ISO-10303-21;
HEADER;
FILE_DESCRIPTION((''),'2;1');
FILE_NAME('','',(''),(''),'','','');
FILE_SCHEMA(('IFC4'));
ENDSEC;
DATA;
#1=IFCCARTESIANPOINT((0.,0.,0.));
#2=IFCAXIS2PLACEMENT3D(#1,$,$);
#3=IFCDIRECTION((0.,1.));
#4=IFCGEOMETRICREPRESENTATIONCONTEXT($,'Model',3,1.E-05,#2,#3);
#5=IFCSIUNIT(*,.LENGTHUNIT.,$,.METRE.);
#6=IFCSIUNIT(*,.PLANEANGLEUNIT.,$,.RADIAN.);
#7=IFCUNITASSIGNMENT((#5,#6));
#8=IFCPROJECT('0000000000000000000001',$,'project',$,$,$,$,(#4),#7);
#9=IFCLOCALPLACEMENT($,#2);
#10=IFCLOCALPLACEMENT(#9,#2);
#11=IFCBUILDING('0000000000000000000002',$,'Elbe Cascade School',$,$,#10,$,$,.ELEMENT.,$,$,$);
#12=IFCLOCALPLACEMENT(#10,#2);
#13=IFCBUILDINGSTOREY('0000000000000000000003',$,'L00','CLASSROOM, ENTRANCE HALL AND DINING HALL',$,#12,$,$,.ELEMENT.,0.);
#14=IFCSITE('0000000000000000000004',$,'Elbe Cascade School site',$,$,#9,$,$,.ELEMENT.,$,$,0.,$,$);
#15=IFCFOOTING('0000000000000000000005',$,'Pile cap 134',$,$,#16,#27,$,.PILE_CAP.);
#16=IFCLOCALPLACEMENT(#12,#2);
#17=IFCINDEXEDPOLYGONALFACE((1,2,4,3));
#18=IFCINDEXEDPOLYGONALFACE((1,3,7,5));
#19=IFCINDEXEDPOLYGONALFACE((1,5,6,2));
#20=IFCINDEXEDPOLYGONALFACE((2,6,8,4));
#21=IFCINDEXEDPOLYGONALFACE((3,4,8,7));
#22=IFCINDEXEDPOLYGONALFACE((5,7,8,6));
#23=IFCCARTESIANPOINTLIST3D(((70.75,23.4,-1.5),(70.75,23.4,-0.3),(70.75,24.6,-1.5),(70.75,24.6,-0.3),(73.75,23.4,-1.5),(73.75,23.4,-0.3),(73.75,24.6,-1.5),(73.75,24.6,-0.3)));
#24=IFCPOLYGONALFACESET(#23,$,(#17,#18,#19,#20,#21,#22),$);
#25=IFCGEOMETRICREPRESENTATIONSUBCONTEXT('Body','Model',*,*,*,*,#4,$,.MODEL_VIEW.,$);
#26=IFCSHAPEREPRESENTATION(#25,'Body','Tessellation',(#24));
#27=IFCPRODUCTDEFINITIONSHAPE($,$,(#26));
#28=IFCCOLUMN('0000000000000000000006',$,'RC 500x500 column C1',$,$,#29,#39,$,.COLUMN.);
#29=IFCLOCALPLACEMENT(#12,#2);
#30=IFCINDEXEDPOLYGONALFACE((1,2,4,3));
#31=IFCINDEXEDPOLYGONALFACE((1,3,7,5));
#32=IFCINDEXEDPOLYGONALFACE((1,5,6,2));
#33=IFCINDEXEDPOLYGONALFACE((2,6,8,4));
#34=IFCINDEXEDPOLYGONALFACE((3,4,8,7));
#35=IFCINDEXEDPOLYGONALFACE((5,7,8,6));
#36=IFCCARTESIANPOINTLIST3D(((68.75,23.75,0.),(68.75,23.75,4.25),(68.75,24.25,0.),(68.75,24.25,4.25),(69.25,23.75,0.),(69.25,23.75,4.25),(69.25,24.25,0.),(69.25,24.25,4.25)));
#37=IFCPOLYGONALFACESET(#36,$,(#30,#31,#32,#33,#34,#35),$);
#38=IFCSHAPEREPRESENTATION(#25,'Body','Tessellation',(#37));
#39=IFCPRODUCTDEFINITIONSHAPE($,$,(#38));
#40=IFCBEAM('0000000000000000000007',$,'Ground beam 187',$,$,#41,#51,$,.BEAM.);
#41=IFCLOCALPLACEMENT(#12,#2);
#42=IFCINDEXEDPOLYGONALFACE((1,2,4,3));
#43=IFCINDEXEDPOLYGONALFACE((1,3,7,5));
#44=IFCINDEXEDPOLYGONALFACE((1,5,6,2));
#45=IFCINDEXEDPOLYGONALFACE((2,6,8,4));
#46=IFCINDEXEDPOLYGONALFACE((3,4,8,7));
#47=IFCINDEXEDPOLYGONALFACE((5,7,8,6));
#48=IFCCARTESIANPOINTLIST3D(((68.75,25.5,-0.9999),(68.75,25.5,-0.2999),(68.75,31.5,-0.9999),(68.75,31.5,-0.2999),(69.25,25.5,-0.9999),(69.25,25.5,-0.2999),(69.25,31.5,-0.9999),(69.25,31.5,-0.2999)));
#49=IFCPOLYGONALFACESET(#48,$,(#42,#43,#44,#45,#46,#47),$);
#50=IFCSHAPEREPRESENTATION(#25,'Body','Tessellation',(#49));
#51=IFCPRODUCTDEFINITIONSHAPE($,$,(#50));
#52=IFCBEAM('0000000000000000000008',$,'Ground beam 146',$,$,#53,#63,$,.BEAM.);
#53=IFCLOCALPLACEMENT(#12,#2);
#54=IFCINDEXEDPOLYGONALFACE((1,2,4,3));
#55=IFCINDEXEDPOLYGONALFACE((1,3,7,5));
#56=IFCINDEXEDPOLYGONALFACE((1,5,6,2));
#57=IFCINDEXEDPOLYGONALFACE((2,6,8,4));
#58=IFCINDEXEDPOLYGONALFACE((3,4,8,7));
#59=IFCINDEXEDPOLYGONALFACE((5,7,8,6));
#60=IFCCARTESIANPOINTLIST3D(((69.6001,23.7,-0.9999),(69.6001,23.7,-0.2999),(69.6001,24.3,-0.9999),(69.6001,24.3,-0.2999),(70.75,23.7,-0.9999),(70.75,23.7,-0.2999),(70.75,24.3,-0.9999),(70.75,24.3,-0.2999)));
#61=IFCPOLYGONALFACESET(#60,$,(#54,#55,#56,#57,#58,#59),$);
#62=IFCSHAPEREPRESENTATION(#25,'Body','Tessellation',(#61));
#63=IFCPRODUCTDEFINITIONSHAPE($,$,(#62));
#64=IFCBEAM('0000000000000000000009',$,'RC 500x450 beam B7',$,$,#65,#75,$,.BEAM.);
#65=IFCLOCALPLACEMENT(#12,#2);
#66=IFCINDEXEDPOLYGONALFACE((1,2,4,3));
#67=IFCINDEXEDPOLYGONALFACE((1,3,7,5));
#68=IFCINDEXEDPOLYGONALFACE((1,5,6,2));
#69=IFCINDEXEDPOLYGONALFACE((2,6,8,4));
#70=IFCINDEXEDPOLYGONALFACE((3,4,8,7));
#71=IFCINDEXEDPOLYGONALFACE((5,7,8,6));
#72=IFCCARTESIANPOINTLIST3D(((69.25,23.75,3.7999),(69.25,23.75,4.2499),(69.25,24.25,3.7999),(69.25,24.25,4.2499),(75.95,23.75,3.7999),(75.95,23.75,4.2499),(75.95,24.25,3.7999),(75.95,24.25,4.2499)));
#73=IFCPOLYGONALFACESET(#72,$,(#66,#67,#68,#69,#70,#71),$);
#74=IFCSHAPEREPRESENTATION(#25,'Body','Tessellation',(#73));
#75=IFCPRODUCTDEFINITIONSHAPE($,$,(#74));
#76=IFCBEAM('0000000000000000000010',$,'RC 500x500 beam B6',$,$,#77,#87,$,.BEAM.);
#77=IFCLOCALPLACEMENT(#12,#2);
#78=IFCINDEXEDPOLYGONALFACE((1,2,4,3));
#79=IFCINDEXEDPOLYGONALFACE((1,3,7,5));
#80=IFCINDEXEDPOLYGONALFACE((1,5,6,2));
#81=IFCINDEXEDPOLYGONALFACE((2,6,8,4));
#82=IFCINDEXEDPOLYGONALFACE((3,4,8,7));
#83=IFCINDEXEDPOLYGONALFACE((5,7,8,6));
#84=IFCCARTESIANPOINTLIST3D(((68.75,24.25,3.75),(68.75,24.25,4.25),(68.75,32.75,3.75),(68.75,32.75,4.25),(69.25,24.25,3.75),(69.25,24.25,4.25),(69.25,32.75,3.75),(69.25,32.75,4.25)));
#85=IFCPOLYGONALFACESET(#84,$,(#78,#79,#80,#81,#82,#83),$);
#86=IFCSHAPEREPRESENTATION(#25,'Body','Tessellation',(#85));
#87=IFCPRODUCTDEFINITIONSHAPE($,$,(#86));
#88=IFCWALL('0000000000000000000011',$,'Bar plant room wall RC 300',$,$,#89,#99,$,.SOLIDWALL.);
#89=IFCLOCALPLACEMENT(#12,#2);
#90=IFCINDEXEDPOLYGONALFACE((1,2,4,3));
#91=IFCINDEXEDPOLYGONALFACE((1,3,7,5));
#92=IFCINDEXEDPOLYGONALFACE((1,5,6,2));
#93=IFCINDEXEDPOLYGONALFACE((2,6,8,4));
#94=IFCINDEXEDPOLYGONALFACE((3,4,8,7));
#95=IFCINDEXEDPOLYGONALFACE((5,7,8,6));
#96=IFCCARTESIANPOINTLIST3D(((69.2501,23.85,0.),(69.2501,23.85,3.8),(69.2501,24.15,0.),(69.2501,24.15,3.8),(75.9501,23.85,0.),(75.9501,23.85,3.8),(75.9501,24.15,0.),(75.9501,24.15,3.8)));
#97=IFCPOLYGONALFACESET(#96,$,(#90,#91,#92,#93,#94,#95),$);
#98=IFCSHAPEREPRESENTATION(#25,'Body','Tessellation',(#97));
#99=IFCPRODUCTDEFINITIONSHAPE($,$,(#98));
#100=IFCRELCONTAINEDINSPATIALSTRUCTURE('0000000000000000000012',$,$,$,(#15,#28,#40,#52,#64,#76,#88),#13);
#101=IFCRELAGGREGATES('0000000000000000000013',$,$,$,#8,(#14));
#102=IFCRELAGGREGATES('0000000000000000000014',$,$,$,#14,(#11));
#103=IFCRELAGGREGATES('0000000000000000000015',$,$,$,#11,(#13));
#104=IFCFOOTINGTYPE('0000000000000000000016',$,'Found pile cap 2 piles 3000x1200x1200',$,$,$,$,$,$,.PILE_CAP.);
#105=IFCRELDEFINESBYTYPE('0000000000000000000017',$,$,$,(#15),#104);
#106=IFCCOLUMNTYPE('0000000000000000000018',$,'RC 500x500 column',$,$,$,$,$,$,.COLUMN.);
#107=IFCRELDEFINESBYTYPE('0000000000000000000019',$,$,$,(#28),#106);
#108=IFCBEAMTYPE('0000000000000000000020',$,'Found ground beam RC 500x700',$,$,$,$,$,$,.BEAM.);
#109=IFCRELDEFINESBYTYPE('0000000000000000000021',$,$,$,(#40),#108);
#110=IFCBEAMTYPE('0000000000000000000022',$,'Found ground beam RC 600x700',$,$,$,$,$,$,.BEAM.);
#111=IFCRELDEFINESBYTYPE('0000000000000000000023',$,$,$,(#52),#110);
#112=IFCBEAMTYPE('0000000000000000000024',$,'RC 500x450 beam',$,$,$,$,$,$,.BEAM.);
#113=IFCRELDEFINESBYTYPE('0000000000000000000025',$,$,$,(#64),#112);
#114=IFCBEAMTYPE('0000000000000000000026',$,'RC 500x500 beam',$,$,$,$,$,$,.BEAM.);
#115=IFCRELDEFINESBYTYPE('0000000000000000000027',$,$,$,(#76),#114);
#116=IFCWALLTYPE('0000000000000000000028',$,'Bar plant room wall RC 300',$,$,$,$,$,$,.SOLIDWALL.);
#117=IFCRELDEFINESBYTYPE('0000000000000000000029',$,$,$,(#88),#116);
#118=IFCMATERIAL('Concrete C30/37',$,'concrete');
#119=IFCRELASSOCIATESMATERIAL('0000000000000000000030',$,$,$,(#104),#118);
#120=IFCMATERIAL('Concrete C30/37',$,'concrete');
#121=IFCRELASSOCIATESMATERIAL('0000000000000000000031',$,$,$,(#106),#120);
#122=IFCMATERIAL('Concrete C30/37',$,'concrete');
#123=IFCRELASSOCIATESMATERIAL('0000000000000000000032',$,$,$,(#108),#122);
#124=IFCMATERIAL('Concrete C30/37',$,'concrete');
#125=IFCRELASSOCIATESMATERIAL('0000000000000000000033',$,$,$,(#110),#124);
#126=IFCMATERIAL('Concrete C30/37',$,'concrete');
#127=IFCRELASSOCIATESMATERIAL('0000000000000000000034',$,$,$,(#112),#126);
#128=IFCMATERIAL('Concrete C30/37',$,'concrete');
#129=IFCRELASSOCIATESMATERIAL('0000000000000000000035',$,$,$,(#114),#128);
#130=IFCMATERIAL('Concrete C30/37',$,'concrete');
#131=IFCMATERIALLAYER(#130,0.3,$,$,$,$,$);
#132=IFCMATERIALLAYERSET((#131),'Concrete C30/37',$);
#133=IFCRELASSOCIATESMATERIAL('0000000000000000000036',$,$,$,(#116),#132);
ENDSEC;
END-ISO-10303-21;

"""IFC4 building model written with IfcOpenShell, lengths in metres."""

from ifc_helpers import new_model, si_unit, direction, frame, frame_2d, origin, origin_2d, place, context, subcontext, project, spatial, rectangle, extrude, material, layer, layer_set, material_profile, profile_set, type_object, element, save


model = new_model("IFC4")

# Units and contexts
model_context = context("Model", 3, precision=1e-05, world=origin(), true_north=direction((0.0, 1.0)))
body_context = subcontext(model_context, "Body", "Model", "MODEL_VIEW")
ifc_project = project(units=[si_unit("LENGTHUNIT", "METRE"), si_unit("PLANEANGLEUNIT", "RADIAN")], contexts=[model_context])

# Site, building, storey
site_placement = place(None, origin())
site = spatial("IfcSite", under=ifc_project, at=site_placement, Name="Elbe Cascade School site", CompositionType="ELEMENT", RefElevation=0.0)
building_placement = place(site_placement, origin())
building = spatial("IfcBuilding", under=site, at=building_placement, Name="Elbe Cascade School", CompositionType="ELEMENT")
storey_placement = place(building_placement, origin())
storey = spatial("IfcBuildingStorey", under=building, at=storey_placement, Name="L00", Description="CLASSROOM, ENTRANCE HALL AND DINING HALL", CompositionType="ELEMENT", Elevation=0.0)

# Footing
ifc_material_1 = material(Name="Concrete C30/37", Category="concrete")
footing_type = type_object("IfcFootingType", Name="Found pile cap 2 piles 3000x1200x1200", PredefinedType="PILE_CAP", material=ifc_material_1)
footing_1_placement = place(storey_placement, frame((72.25, 24.0, -1.5), z_axis=(0.0, 0.0, 1.0), x_axis=(1.0, 0.0, 0.0)))
element("IfcFooting", 1, at=footing_1_placement, inside=storey, type_object=footing_type, Name="Pile cap 134", PredefinedType="PILE_CAP", context=body_context, shape_type="SweptSolid", body=[
    extrude(rectangle(XDim=3.0, YDim=1.2, at=origin_2d()), origin(), (0.0, 0.0, 1.0), 1.2),
])

# Column
ifc_material_2 = material(Name="Concrete C30/37", Category="concrete")
ifc_material_profile_1 = material_profile(ifc_material_2, rectangle(XDim=0.5, YDim=0.5, at=origin_2d()), Name="RC 500x500")
ifc_profile_set_1 = profile_set([ifc_material_profile_1], Name="Concrete C30/37")
column_type = type_object("IfcColumnType", Name="RC 500x500 column", PredefinedType="COLUMN", material=ifc_profile_set_1)
column_placement = place(storey_placement, frame((69.0, 24.0, 0.0), z_axis=(0.0, 0.0, 1.0), x_axis=(1.0, 0.0, 0.0)))
element("IfcColumn", 2, at=column_placement, inside=storey, type_object=column_type, Name="RC 500x500 column C1", PredefinedType="COLUMN", context=body_context, shape_type="SweptSolid", body=[
    extrude(rectangle(XDim=0.5, YDim=0.5, at=origin_2d()), origin(), (0.0, 0.0, 1.0), 4.25),
])

# Beams
ifc_material_3 = material(Name="Concrete C30/37", Category="concrete")
ifc_material_profile_2 = material_profile(ifc_material_3, rectangle(XDim=0.5, YDim=0.7, at=origin_2d()), Name="RC 500x700")
ifc_profile_set_2 = profile_set([ifc_material_profile_2], Name="Concrete C30/37")
beam_type_1 = type_object("IfcBeamType", Name="Found ground beam RC 500x700", PredefinedType="BEAM", material=ifc_profile_set_2)
beam_1_placement = place(storey_placement, frame((69.0, 25.5, -0.6499), z_axis=(0.0, 1.0, 0.0), x_axis=(-1.0, 0.0, 0.0)))
element("IfcBeam", 3, at=beam_1_placement, inside=storey, type_object=beam_type_1, Name="Ground beam 187", PredefinedType="BEAM", context=body_context, shape_type="SweptSolid", body=[
    extrude(rectangle(XDim=0.5, YDim=0.7, at=origin_2d()), origin(), (0.0, 0.0, 1.0), 6.0),
])
ifc_material_4 = material(Name="Concrete C30/37", Category="concrete")
ifc_material_profile_3 = material_profile(ifc_material_4, rectangle(XDim=0.6001, YDim=0.7, at=origin_2d()), Name="RC 600x700")
ifc_profile_set_3 = profile_set([ifc_material_profile_3], Name="Concrete C30/37")
beam_type_2 = type_object("IfcBeamType", Name="Found ground beam RC 600x700", PredefinedType="BEAM", material=ifc_profile_set_3)
beam_2_placement = place(storey_placement, frame((69.6001, 24.0, -0.6499), z_axis=(1.0, 0.0, 0.0), x_axis=(0.0, 1.0, 0.0)))
element("IfcBeam", 4, at=beam_2_placement, inside=storey, type_object=beam_type_2, Name="Ground beam 146", PredefinedType="BEAM", context=body_context, shape_type="SweptSolid", body=[
    extrude(rectangle(XDim=0.6001, YDim=0.7, at=origin_2d()), origin(), (0.0, 0.0, 1.0), 1.1499),
])
ifc_material_5 = material(Name="Concrete C30/37", Category="concrete")
ifc_material_profile_4 = material_profile(ifc_material_5, rectangle(XDim=0.5, YDim=0.45, at=origin_2d()), Name="RC 500x450")
ifc_profile_set_4 = profile_set([ifc_material_profile_4], Name="Concrete C30/37")
beam_type_3 = type_object("IfcBeamType", Name="RC 500x450 beam", PredefinedType="BEAM", material=ifc_profile_set_4)
beam_3_placement = place(storey_placement, frame((69.25, 24.0, 4.0249), z_axis=(1.0, 0.0, 0.0), x_axis=(0.0, 1.0, 0.0)))
element("IfcBeam", 5, at=beam_3_placement, inside=storey, type_object=beam_type_3, Name="RC 500x450 beam B7", PredefinedType="BEAM", context=body_context, shape_type="SweptSolid", body=[
    extrude(rectangle(XDim=0.5, YDim=0.45, at=origin_2d()), origin(), (0.0, 0.0, 1.0), 6.7),
])
ifc_material_6 = material(Name="Concrete C30/37", Category="concrete")
ifc_material_profile_5 = material_profile(ifc_material_6, rectangle(XDim=0.5, YDim=0.5, at=origin_2d()), Name="RC 500x500")
ifc_profile_set_5 = profile_set([ifc_material_profile_5], Name="Concrete C30/37")
beam_type_4 = type_object("IfcBeamType", Name="RC 500x500 beam", PredefinedType="BEAM", material=ifc_profile_set_5)
beam_4_placement = place(storey_placement, frame((69.0, 24.25, 4.0), z_axis=(0.0, 1.0, 0.0), x_axis=(-1.0, 0.0, 0.0)))
element("IfcBeam", 6, at=beam_4_placement, inside=storey, type_object=beam_type_4, Name="RC 500x500 beam B6", PredefinedType="BEAM", context=body_context, shape_type="SweptSolid", body=[
    extrude(rectangle(XDim=0.5, YDim=0.5, at=origin_2d()), origin(), (0.0, 0.0, 1.0), 8.5),
])

# Wall
ifc_material_7 = material(Name="Concrete C30/37", Category="concrete")
ifc_layer_1 = layer(ifc_material_7, 0.3)
ifc_layer_set_1 = layer_set([ifc_layer_1], Name="Concrete C30/37")
wall_type_1 = type_object("IfcWallType", Name="Bar plant room wall RC 300", PredefinedType="SOLIDWALL", material=ifc_layer_set_1)
wall_1_placement = place(storey_placement, frame((69.25, 24.0, 0.0), z_axis=(0.0, 0.0, 1.0), x_axis=(1.0, 0.0, 0.0)))
element("IfcWall", 7, at=wall_1_placement, inside=storey, type_object=wall_type_1, Name="Bar plant room wall RC 300", PredefinedType="SOLIDWALL", context=body_context, shape_type="SweptSolid", body=[
    extrude(rectangle(XDim=6.7, YDim=0.3, at=frame_2d((3.3501, 0.0))), origin(), (0.0, 0.0, 1.0), 3.8),
])

save(model, "model.ifc")
